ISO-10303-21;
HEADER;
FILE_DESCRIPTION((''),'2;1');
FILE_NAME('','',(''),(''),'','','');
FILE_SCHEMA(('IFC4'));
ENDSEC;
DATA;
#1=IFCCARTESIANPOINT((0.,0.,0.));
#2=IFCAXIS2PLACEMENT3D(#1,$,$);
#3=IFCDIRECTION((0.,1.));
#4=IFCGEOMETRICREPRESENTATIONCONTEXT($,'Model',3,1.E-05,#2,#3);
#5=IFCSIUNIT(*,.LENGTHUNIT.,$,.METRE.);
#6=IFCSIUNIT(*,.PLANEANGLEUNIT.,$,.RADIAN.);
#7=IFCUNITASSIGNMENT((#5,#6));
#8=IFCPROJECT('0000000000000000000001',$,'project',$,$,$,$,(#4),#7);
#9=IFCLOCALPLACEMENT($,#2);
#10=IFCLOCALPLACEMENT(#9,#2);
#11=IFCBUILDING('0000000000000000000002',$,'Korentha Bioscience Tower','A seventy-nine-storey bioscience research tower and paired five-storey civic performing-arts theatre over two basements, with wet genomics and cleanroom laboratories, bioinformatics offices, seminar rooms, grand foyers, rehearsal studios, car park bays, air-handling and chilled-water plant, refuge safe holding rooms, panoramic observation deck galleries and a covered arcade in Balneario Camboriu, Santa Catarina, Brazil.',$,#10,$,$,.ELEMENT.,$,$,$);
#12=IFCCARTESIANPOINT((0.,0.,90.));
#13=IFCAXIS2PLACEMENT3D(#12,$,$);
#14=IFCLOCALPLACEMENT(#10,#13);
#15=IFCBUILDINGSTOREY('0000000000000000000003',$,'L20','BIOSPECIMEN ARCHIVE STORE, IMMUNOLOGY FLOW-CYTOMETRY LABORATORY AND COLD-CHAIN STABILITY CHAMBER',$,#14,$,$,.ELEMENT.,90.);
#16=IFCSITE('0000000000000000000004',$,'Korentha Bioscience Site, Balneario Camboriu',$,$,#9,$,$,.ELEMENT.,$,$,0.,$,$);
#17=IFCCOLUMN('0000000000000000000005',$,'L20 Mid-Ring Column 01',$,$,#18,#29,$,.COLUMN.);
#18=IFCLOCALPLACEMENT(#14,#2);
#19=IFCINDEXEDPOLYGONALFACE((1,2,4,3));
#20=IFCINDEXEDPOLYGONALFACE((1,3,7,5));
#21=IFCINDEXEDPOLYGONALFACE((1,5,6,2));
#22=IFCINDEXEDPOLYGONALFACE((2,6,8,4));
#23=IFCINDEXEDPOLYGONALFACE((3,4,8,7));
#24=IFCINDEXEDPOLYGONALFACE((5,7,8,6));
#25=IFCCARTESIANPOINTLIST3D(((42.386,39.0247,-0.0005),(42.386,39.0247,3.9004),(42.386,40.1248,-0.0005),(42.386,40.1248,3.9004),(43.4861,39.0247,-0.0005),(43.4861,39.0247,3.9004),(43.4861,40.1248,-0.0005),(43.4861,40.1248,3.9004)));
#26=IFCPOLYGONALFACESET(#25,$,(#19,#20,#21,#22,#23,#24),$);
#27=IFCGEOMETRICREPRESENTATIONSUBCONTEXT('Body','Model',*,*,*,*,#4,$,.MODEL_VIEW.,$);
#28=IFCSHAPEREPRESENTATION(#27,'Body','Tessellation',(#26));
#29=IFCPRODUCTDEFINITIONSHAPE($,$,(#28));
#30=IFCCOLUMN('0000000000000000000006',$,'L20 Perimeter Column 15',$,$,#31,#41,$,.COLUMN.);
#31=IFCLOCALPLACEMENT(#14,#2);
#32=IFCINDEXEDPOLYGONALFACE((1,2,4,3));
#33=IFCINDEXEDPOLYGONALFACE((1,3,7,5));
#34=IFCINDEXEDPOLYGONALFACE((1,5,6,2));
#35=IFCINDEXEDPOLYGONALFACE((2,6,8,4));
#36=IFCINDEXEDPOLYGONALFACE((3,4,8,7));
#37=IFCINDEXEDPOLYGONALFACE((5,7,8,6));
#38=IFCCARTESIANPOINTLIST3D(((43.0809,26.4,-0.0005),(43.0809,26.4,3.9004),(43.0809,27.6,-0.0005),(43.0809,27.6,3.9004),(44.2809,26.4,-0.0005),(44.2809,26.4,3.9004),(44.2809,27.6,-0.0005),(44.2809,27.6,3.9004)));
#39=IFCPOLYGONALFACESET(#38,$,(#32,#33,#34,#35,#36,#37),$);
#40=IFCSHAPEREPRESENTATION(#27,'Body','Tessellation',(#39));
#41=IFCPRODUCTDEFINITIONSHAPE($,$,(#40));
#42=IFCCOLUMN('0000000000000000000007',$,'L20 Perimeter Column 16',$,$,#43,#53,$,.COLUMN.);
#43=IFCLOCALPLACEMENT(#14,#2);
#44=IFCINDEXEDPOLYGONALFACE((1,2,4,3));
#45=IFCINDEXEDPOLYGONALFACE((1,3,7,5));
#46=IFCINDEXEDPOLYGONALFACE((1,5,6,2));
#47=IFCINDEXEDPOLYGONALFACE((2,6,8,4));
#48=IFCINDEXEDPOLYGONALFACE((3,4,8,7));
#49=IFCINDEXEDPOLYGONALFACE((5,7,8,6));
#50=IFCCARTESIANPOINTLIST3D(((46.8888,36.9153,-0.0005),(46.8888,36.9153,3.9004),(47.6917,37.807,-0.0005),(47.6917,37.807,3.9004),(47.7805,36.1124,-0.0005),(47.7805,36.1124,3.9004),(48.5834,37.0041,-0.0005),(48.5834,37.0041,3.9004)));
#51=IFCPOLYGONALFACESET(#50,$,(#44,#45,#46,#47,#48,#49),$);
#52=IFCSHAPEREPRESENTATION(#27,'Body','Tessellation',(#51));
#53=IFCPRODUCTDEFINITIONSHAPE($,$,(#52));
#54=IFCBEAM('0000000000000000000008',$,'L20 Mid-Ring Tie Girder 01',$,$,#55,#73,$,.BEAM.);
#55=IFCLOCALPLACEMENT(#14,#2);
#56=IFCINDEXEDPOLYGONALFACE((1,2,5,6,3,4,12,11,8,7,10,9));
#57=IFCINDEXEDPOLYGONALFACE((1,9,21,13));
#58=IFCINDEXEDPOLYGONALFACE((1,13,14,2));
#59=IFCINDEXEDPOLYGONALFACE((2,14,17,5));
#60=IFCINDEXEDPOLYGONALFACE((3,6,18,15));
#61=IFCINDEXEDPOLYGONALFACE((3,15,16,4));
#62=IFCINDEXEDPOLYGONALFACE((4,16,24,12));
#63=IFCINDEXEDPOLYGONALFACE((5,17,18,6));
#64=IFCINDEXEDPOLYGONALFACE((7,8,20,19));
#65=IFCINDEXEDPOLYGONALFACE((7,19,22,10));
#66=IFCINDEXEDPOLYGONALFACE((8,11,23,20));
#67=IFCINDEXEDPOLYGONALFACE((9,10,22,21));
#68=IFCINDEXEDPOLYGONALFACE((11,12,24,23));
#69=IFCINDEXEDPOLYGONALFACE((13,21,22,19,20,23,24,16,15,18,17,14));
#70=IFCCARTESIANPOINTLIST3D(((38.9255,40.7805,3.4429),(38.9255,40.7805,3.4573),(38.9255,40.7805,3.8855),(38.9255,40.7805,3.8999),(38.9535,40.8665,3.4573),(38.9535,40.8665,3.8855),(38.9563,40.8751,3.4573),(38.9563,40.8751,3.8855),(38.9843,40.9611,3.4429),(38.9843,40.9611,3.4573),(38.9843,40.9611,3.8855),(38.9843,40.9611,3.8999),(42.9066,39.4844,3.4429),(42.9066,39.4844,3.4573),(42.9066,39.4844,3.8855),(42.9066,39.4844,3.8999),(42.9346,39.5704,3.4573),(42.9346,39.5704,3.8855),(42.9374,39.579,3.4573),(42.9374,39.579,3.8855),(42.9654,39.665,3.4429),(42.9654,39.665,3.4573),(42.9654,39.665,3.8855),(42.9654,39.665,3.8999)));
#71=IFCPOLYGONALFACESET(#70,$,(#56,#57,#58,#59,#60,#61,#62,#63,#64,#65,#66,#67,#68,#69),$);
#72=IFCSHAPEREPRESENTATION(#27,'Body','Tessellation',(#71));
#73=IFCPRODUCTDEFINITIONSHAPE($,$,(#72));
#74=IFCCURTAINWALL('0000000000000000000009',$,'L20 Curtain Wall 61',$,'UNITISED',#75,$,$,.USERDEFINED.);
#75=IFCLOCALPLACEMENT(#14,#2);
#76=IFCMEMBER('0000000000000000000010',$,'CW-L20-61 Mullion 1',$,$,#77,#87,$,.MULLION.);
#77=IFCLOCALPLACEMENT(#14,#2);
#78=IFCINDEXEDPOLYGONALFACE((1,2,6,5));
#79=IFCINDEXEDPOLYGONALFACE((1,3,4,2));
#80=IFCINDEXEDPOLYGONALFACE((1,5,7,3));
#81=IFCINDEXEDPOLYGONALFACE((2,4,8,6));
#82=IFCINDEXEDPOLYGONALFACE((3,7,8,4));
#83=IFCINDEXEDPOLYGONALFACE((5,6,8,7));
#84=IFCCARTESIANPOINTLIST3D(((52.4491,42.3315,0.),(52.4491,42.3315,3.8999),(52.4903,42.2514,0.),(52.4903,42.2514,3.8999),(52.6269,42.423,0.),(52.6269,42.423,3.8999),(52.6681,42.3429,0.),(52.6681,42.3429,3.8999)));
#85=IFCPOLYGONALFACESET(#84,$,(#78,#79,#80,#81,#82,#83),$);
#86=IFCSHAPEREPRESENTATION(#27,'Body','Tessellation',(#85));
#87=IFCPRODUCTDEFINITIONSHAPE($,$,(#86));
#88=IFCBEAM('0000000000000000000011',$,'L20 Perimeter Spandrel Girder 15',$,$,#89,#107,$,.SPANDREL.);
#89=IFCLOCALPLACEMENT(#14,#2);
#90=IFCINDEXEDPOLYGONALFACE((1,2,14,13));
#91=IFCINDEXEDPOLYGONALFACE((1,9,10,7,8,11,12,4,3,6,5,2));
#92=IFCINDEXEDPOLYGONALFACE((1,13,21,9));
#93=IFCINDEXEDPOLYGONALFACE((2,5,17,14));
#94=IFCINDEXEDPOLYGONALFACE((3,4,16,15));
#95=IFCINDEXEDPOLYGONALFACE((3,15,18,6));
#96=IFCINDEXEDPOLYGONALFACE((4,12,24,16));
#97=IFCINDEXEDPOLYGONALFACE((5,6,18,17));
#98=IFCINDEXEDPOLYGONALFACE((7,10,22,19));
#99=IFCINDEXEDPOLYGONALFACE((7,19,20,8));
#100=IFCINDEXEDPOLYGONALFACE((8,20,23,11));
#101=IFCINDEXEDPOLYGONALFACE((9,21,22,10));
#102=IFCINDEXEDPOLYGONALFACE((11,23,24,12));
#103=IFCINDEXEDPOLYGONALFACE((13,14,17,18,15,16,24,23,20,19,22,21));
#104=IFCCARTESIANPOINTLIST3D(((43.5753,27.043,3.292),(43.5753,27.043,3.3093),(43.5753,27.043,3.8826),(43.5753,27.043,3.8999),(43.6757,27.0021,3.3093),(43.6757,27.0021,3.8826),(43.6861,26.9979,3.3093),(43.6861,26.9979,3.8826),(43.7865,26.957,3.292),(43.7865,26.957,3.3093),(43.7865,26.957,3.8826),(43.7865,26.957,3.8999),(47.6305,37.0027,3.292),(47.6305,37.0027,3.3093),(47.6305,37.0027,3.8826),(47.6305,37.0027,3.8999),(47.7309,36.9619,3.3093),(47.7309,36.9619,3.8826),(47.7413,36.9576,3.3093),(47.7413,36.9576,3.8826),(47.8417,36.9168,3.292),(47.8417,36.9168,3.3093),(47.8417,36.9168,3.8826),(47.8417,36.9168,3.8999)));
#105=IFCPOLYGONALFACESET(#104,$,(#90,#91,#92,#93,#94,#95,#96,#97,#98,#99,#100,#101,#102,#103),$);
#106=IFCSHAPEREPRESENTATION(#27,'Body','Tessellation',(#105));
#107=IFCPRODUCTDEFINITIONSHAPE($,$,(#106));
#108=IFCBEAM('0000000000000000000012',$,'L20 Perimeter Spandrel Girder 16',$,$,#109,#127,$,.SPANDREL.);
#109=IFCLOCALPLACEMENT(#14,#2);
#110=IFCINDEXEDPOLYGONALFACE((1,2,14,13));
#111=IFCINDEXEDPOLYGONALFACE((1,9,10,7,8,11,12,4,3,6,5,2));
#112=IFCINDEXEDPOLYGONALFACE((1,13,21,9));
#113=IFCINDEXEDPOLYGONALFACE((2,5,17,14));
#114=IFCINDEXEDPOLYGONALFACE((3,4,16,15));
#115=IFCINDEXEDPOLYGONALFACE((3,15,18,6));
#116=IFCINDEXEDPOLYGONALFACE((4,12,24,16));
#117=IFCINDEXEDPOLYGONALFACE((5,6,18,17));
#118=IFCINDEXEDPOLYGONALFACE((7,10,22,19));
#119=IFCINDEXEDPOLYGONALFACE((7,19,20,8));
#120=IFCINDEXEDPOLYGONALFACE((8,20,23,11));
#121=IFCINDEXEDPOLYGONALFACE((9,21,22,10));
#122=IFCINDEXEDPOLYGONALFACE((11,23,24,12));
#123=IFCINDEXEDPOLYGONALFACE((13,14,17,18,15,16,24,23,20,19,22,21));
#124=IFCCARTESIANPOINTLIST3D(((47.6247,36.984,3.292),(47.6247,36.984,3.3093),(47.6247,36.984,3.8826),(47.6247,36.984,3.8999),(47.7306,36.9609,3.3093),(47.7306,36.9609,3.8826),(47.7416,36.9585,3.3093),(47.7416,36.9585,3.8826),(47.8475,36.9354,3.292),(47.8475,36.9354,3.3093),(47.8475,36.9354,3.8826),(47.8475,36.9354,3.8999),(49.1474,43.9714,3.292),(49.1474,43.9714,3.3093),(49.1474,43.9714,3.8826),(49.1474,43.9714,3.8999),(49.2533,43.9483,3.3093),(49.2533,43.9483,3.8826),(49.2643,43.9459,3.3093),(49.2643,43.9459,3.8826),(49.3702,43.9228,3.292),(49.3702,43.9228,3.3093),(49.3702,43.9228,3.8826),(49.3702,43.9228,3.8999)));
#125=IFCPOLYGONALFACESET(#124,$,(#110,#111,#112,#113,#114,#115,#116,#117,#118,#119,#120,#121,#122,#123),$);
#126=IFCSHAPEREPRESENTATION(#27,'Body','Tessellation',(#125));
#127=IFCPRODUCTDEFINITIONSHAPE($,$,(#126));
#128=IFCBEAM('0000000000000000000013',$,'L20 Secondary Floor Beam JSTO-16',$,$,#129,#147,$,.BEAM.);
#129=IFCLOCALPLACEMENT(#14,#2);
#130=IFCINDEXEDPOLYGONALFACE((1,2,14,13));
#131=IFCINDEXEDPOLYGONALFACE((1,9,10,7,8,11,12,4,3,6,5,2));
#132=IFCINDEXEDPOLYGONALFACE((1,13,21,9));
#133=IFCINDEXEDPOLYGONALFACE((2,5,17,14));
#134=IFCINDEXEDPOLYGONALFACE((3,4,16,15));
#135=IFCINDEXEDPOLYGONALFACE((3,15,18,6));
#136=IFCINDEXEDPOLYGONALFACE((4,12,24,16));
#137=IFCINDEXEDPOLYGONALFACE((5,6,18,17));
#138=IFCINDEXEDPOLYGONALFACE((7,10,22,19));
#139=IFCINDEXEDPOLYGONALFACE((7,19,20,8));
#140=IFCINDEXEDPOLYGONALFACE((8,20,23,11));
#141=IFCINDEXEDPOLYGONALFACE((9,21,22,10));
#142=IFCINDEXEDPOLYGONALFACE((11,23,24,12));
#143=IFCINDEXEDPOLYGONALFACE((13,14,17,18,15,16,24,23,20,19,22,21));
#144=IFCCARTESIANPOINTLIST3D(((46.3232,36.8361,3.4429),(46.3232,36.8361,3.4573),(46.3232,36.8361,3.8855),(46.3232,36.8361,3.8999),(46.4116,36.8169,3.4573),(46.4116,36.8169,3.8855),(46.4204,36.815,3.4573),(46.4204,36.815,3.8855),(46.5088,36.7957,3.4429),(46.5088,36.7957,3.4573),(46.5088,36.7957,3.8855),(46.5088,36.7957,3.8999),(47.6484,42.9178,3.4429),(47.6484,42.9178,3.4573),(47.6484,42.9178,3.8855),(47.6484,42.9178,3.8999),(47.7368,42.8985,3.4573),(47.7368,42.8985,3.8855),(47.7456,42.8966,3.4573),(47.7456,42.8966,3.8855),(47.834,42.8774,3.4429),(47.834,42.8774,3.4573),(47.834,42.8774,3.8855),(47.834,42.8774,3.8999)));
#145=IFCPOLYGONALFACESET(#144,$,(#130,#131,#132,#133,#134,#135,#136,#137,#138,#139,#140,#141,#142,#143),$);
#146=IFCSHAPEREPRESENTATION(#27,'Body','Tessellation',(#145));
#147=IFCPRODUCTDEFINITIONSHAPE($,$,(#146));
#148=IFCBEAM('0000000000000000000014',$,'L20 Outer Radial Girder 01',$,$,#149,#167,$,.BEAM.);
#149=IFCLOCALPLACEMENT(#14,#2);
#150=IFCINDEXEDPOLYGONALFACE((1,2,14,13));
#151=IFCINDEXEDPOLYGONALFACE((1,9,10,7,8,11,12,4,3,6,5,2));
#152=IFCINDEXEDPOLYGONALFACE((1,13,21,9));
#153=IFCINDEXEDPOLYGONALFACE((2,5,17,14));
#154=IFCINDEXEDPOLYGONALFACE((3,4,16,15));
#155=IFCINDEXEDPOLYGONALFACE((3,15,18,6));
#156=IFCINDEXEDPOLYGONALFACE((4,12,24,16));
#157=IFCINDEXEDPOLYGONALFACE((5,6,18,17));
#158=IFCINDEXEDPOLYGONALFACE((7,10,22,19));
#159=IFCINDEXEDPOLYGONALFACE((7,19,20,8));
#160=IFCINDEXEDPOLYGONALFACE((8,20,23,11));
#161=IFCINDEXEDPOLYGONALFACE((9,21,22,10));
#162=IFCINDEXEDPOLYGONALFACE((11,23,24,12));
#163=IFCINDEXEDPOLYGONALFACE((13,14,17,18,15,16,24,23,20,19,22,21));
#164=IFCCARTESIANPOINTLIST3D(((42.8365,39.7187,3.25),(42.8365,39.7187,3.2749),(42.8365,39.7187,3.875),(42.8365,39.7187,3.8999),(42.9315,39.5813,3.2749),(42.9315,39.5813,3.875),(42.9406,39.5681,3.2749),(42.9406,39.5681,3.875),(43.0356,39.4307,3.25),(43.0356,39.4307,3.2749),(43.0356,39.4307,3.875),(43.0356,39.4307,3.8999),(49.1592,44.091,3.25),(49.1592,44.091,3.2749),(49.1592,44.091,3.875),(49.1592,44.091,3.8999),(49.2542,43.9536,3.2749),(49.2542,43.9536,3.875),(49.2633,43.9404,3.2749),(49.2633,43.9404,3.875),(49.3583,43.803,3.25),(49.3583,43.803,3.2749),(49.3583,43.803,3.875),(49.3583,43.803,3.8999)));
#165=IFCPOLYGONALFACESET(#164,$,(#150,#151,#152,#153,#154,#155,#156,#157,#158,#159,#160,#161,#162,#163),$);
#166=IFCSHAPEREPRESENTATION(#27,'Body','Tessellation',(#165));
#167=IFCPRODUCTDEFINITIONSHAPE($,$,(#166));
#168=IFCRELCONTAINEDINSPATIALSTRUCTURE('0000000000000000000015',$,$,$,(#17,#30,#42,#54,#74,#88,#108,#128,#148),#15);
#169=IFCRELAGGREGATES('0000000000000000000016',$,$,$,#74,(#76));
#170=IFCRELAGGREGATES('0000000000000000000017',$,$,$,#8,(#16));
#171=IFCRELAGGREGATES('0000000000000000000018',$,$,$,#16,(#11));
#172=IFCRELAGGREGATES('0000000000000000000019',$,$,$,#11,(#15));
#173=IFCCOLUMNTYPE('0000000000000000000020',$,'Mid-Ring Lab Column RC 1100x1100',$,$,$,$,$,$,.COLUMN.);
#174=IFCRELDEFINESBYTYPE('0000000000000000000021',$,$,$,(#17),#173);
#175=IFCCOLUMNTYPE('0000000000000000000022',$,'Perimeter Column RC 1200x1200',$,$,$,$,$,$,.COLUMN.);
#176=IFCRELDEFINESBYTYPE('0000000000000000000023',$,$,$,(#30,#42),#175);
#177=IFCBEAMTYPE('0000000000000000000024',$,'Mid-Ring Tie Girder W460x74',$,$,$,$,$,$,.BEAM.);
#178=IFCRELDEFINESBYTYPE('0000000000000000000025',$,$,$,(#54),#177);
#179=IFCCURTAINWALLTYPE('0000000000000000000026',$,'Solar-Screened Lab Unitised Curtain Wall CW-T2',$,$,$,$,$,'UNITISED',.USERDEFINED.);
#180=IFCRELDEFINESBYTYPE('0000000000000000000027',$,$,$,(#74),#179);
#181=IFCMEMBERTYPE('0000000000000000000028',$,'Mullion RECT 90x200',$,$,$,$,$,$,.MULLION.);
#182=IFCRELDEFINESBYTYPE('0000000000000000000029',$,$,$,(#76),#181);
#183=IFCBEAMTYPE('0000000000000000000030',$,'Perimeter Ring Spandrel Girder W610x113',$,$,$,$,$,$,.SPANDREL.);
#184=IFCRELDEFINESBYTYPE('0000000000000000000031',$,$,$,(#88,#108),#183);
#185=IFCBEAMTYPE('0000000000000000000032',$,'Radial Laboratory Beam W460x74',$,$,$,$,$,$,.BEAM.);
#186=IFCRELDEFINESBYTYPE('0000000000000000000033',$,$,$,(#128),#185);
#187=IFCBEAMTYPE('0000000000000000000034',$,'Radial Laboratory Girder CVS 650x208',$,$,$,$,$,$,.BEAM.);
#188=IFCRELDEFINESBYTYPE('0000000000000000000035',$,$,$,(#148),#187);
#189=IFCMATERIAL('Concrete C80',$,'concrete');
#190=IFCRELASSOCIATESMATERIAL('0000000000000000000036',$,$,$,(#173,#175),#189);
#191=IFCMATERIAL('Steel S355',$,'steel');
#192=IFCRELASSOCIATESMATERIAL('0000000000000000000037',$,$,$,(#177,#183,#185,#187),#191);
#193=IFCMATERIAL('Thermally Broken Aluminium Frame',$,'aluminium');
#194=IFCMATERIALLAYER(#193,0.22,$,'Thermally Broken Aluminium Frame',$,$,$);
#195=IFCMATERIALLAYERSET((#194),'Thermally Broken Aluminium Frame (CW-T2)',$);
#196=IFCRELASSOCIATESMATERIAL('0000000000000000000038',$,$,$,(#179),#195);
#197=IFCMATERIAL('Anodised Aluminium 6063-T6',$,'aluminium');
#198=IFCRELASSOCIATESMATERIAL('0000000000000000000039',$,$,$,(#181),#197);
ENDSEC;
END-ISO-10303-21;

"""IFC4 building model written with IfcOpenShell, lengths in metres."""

from ifc_helpers import new_model, si_unit, direction, frame, origin, origin_2d, place, context, subcontext, project, spatial, rectangle, i_section, extrude, material, layer, layer_set, material_profile, profile_set, type_object, element, aggregate, save


model = new_model("IFC4")

# Units and contexts
model_context = context("Model", 3, precision=1e-05, world=origin(), true_north=direction((0.0, 1.0)))
body_context = subcontext(model_context, "Body", "Model", "MODEL_VIEW")
ifc_project = project(units=[si_unit("LENGTHUNIT", "METRE"), si_unit("PLANEANGLEUNIT", "RADIAN")], contexts=[model_context])

# Site, building, storey
site_placement = place(None, origin())
site = spatial("IfcSite", under=ifc_project, at=site_placement, Name="Korentha Bioscience Site, Balneario Camboriu", CompositionType="ELEMENT", RefElevation=0.0)
building_placement = place(site_placement, origin())
building = spatial("IfcBuilding", under=site, at=building_placement, Name="Korentha Bioscience Tower", Description="A seventy-nine-storey bioscience research tower and paired five-storey civic performing-arts theatre over two basements, with wet genomics and cleanroom laboratories, bioinformatics offices, seminar rooms, grand foyers, rehearsal studios, car park bays, air-handling and chilled-water plant, refuge safe holding rooms, panoramic observation deck galleries and a covered arcade in Balneario Camboriu, Santa Catarina, Brazil.", CompositionType="ELEMENT")
storey_placement = place(building_placement, frame((0.0, 0.0, 90.0)))
storey = spatial("IfcBuildingStorey", under=building, at=storey_placement, Name="L20", Description="BIOSPECIMEN ARCHIVE STORE, IMMUNOLOGY FLOW-CYTOMETRY LABORATORY AND COLD-CHAIN STABILITY CHAMBER", CompositionType="ELEMENT", Elevation=90.0)

# Columns
ifc_material_1 = material(Name="Concrete C80", Category="concrete")
ifc_material_profile_1 = material_profile(ifc_material_1, rectangle(XDim=1.1001, YDim=1.1001, at=origin_2d()), Name="Concrete C80")
ifc_profile_set_1 = profile_set([ifc_material_profile_1], Name="Concrete C80 (COL-MR11)")
column_type_1 = type_object("IfcColumnType", Name="Mid-Ring Lab Column RC 1100x1100", PredefinedType="COLUMN", material=ifc_profile_set_1)
column_placement = place(storey_placement, frame((42.936, 39.5747, -0.0005), z_axis=(0.0, 0.0, 1.0), x_axis=(1.0, 0.0, 0.0)))
element("IfcColumn", 1, at=column_placement, inside=storey, type_object=column_type_1, Name="L20 Mid-Ring Column 01", PredefinedType="COLUMN", context=body_context, shape_type="SweptSolid", body=[
    extrude(rectangle(XDim=1.1001, YDim=1.1001, at=origin_2d()), origin(), (0.0, 0.0, 1.0), 3.9009),
])
ifc_material_profile_2 = material_profile(ifc_material_1, rectangle(XDim=1.2, YDim=1.2, at=origin_2d()), Name="Concrete C80")
ifc_profile_set_2 = profile_set([ifc_material_profile_2], Name="Concrete C80 (COL-P12)")
column_type_2 = type_object("IfcColumnType", Name="Perimeter Column RC 1200x1200", PredefinedType="COLUMN", material=ifc_profile_set_2)
for number, where, z_axis, x_axis, name in (
    (2, (43.6809, 27.0, -0.0005), (0.0, 0.0, 1.0), (0.0, 1.0, 0.0), "L20 Perimeter Column 15"),
    (3, (47.7361, 36.9597, -0.0005), (0.0, 0.0, 1.0), (0.669131, 0.743145, 0.0), "L20 Perimeter Column 16"),
):
    element("IfcColumn", number, at=place(storey_placement, frame(where, z_axis=z_axis, x_axis=x_axis)), inside=storey, type_object=column_type_2, Name=name, PredefinedType="COLUMN", context=body_context, shape_type="SweptSolid", body=[
        extrude(rectangle(XDim=1.2, YDim=1.2, at=origin_2d()), origin(), (0.0, 0.0, 1.0), 3.9009),
    ])

# Beam
ifc_material_2 = material(Name="Steel S355", Category="steel")
ifc_material_profile_3 = material_profile(ifc_material_2, i_section(OverallWidth=0.1899, OverallDepth=0.457, WebThickness=0.009, FlangeThickness=0.0144, at=origin_2d()), Name="Steel S355")
ifc_profile_set_3 = profile_set([ifc_material_profile_3], Name="Steel S355 (MB-460)")
beam_type_1 = type_object("IfcBeamType", Name="Mid-Ring Tie Girder W460x74", PredefinedType="BEAM", material=ifc_profile_set_3)
beam_1_placement = place(storey_placement, frame((42.936, 39.5747, 3.6714), z_axis=(-0.950876, 0.309573, 0.0), x_axis=(-0.309573, -0.950876, 0.0)))
element("IfcBeam", 4, at=beam_1_placement, inside=storey, type_object=beam_type_1, Name="L20 Mid-Ring Tie Girder 01", PredefinedType="BEAM", context=body_context, shape_type="SweptSolid", body=[
    extrude(i_section(OverallWidth=0.1899, OverallDepth=0.457, WebThickness=0.009, FlangeThickness=0.0144, at=origin_2d()), origin(), (0.0, 0.0, 1.0), 4.1868),
])

# Curtain wall, member
ifc_material_3 = material(Name="Thermally Broken Aluminium Frame", Category="aluminium")
ifc_layer_1 = layer(ifc_material_3, 0.22, Name="Thermally Broken Aluminium Frame")
ifc_layer_set_1 = layer_set([ifc_layer_1], Name="Thermally Broken Aluminium Frame (CW-T2)")
curtain_wall_type = type_object("IfcCurtainWallType", Name="Solar-Screened Lab Unitised Curtain Wall CW-T2", ElementType="UNITISED", PredefinedType="USERDEFINED", material=ifc_layer_set_1)
curtain_wall_placement = place(storey_placement, origin())
curtain_wall = element("IfcCurtainWall", 5, at=curtain_wall_placement, inside=storey, type_object=curtain_wall_type, Name="L20 Curtain Wall 61", ObjectType="UNITISED", PredefinedType="USERDEFINED")
ifc_material_4 = material(Name="Anodised Aluminium 6063-T6", Category="aluminium")
ifc_material_profile_4 = material_profile(ifc_material_4, rectangle(XDim=0.0901, YDim=0.2, at=origin_2d()), Name="Anodised Aluminium 6063-T6")
ifc_profile_set_4 = profile_set([ifc_material_profile_4], Name="Anodised Aluminium 6063-T6 (CW-MUL)")
member_type_1 = type_object("IfcMemberType", Name="Mullion RECT 90x200", PredefinedType="MULLION", material=ifc_profile_set_4)
member_1_placement = place(storey_placement, frame((52.5586, 42.3372, 0.0), z_axis=(0.0, 0.0, 1.0), x_axis=(-0.457613, 0.889151, 0.0)))
member_1 = element("IfcMember", 6, at=member_1_placement, type_object=member_type_1, Name="CW-L20-61 Mullion 1", PredefinedType="MULLION", context=body_context, shape_type="SweptSolid", body=[
    extrude(rectangle(XDim=0.0901, YDim=0.2, at=origin_2d()), origin(), (0.0, 0.0, 1.0), 3.8999),
])

# Beams
ifc_material_profile_5 = material_profile(ifc_material_2, i_section(OverallWidth=0.228, OverallDepth=0.6079, WebThickness=0.0112, FlangeThickness=0.0173, at=origin_2d()), Name="Steel S355")
ifc_profile_set_5 = profile_set([ifc_material_profile_5], Name="Steel S355 (SB-610)")
beam_type_2 = type_object("IfcBeamType", Name="Perimeter Ring Spandrel Girder W610x113", PredefinedType="SPANDREL", material=ifc_profile_set_5)
beam_2_placement = place(storey_placement, frame((43.6809, 27.0, 3.5959), z_axis=(0.377099, 0.926173, 0.0), x_axis=(-0.926173, 0.377099, 0.0)))
element("IfcBeam", 7, at=beam_2_placement, inside=storey, type_object=beam_type_2, Name="L20 Perimeter Spandrel Girder 15", PredefinedType="SPANDREL", context=body_context, shape_type="SweptSolid", body=[
    extrude(i_section(OverallWidth=0.228, OverallDepth=0.6079, WebThickness=0.0112, FlangeThickness=0.0173, at=origin_2d()), origin(), (0.0, 0.0, 1.0), 10.7537),
])
beam_3_placement = place(storey_placement, frame((47.7361, 36.9597, 3.5959), z_axis=(0.212927, 0.977068, 0.0), x_axis=(-0.977068, 0.212927, 0.0)))
element("IfcBeam", 8, at=beam_3_placement, inside=storey, type_object=beam_type_2, Name="L20 Perimeter Spandrel Girder 16", PredefinedType="SPANDREL", context=body_context, shape_type="SweptSolid", body=[
    extrude(i_section(OverallWidth=0.228, OverallDepth=0.6079, WebThickness=0.0112, FlangeThickness=0.0173, at=origin_2d()), origin(), (0.0, 0.0, 1.0), 7.1514),
])
ifc_material_profile_6 = material_profile(ifc_material_2, i_section(OverallWidth=0.1899, OverallDepth=0.457, WebThickness=0.009, FlangeThickness=0.0144, at=origin_2d()), Name="Steel S355")
ifc_profile_set_6 = profile_set([ifc_material_profile_6], Name="Steel S355 (RB-460)")
beam_type_3 = type_object("IfcBeamType", Name="Radial Laboratory Beam W460x74", PredefinedType="BEAM", material=ifc_profile_set_6)
beam_4_placement = place(storey_placement, frame((46.416, 36.8159, 3.6714), z_axis=(0.212908, 0.977072, 0.0), x_axis=(-0.977072, 0.212908, 0.0)))
element("IfcBeam", 9, at=beam_4_placement, inside=storey, type_object=beam_type_3, Name="L20 Secondary Floor Beam JSTO-16", PredefinedType="BEAM", context=body_context, shape_type="SweptSolid", body=[
    extrude(i_section(OverallWidth=0.1899, OverallDepth=0.457, WebThickness=0.009, FlangeThickness=0.0144, at=origin_2d()), origin(), (0.0, 0.0, 1.0), 6.2244),
])
ifc_material_profile_7 = material_profile(ifc_material_2, i_section(OverallWidth=0.3501, OverallDepth=0.6499, WebThickness=0.0161, FlangeThickness=0.0249, at=origin_2d()), Name="Steel S355")
ifc_profile_set_7 = profile_set([ifc_material_profile_7], Name="Steel S355 (RB-650)")
beam_type_4 = type_object("IfcBeamType", Name="Radial Laboratory Girder CVS 650x208", PredefinedType="BEAM", material=ifc_profile_set_7)
beam_5_placement = place(storey_placement, frame((42.936, 39.5747, 3.575), z_axis=(0.822495, 0.568772, 0.0), x_axis=(-0.568772, 0.822495, 0.0)))
element("IfcBeam", 10, at=beam_5_placement, inside=storey, type_object=beam_type_4, Name="L20 Outer Radial Girder 01", PredefinedType="BEAM", context=body_context, shape_type="SweptSolid", body=[
    extrude(i_section(OverallWidth=0.3501, OverallDepth=0.6499, WebThickness=0.0161, FlangeThickness=0.0249, at=origin_2d()), origin(), (0.0, 0.0, 1.0), 7.6873),
])

aggregate(curtain_wall, [member_1])

save(model, "model.ifc")
